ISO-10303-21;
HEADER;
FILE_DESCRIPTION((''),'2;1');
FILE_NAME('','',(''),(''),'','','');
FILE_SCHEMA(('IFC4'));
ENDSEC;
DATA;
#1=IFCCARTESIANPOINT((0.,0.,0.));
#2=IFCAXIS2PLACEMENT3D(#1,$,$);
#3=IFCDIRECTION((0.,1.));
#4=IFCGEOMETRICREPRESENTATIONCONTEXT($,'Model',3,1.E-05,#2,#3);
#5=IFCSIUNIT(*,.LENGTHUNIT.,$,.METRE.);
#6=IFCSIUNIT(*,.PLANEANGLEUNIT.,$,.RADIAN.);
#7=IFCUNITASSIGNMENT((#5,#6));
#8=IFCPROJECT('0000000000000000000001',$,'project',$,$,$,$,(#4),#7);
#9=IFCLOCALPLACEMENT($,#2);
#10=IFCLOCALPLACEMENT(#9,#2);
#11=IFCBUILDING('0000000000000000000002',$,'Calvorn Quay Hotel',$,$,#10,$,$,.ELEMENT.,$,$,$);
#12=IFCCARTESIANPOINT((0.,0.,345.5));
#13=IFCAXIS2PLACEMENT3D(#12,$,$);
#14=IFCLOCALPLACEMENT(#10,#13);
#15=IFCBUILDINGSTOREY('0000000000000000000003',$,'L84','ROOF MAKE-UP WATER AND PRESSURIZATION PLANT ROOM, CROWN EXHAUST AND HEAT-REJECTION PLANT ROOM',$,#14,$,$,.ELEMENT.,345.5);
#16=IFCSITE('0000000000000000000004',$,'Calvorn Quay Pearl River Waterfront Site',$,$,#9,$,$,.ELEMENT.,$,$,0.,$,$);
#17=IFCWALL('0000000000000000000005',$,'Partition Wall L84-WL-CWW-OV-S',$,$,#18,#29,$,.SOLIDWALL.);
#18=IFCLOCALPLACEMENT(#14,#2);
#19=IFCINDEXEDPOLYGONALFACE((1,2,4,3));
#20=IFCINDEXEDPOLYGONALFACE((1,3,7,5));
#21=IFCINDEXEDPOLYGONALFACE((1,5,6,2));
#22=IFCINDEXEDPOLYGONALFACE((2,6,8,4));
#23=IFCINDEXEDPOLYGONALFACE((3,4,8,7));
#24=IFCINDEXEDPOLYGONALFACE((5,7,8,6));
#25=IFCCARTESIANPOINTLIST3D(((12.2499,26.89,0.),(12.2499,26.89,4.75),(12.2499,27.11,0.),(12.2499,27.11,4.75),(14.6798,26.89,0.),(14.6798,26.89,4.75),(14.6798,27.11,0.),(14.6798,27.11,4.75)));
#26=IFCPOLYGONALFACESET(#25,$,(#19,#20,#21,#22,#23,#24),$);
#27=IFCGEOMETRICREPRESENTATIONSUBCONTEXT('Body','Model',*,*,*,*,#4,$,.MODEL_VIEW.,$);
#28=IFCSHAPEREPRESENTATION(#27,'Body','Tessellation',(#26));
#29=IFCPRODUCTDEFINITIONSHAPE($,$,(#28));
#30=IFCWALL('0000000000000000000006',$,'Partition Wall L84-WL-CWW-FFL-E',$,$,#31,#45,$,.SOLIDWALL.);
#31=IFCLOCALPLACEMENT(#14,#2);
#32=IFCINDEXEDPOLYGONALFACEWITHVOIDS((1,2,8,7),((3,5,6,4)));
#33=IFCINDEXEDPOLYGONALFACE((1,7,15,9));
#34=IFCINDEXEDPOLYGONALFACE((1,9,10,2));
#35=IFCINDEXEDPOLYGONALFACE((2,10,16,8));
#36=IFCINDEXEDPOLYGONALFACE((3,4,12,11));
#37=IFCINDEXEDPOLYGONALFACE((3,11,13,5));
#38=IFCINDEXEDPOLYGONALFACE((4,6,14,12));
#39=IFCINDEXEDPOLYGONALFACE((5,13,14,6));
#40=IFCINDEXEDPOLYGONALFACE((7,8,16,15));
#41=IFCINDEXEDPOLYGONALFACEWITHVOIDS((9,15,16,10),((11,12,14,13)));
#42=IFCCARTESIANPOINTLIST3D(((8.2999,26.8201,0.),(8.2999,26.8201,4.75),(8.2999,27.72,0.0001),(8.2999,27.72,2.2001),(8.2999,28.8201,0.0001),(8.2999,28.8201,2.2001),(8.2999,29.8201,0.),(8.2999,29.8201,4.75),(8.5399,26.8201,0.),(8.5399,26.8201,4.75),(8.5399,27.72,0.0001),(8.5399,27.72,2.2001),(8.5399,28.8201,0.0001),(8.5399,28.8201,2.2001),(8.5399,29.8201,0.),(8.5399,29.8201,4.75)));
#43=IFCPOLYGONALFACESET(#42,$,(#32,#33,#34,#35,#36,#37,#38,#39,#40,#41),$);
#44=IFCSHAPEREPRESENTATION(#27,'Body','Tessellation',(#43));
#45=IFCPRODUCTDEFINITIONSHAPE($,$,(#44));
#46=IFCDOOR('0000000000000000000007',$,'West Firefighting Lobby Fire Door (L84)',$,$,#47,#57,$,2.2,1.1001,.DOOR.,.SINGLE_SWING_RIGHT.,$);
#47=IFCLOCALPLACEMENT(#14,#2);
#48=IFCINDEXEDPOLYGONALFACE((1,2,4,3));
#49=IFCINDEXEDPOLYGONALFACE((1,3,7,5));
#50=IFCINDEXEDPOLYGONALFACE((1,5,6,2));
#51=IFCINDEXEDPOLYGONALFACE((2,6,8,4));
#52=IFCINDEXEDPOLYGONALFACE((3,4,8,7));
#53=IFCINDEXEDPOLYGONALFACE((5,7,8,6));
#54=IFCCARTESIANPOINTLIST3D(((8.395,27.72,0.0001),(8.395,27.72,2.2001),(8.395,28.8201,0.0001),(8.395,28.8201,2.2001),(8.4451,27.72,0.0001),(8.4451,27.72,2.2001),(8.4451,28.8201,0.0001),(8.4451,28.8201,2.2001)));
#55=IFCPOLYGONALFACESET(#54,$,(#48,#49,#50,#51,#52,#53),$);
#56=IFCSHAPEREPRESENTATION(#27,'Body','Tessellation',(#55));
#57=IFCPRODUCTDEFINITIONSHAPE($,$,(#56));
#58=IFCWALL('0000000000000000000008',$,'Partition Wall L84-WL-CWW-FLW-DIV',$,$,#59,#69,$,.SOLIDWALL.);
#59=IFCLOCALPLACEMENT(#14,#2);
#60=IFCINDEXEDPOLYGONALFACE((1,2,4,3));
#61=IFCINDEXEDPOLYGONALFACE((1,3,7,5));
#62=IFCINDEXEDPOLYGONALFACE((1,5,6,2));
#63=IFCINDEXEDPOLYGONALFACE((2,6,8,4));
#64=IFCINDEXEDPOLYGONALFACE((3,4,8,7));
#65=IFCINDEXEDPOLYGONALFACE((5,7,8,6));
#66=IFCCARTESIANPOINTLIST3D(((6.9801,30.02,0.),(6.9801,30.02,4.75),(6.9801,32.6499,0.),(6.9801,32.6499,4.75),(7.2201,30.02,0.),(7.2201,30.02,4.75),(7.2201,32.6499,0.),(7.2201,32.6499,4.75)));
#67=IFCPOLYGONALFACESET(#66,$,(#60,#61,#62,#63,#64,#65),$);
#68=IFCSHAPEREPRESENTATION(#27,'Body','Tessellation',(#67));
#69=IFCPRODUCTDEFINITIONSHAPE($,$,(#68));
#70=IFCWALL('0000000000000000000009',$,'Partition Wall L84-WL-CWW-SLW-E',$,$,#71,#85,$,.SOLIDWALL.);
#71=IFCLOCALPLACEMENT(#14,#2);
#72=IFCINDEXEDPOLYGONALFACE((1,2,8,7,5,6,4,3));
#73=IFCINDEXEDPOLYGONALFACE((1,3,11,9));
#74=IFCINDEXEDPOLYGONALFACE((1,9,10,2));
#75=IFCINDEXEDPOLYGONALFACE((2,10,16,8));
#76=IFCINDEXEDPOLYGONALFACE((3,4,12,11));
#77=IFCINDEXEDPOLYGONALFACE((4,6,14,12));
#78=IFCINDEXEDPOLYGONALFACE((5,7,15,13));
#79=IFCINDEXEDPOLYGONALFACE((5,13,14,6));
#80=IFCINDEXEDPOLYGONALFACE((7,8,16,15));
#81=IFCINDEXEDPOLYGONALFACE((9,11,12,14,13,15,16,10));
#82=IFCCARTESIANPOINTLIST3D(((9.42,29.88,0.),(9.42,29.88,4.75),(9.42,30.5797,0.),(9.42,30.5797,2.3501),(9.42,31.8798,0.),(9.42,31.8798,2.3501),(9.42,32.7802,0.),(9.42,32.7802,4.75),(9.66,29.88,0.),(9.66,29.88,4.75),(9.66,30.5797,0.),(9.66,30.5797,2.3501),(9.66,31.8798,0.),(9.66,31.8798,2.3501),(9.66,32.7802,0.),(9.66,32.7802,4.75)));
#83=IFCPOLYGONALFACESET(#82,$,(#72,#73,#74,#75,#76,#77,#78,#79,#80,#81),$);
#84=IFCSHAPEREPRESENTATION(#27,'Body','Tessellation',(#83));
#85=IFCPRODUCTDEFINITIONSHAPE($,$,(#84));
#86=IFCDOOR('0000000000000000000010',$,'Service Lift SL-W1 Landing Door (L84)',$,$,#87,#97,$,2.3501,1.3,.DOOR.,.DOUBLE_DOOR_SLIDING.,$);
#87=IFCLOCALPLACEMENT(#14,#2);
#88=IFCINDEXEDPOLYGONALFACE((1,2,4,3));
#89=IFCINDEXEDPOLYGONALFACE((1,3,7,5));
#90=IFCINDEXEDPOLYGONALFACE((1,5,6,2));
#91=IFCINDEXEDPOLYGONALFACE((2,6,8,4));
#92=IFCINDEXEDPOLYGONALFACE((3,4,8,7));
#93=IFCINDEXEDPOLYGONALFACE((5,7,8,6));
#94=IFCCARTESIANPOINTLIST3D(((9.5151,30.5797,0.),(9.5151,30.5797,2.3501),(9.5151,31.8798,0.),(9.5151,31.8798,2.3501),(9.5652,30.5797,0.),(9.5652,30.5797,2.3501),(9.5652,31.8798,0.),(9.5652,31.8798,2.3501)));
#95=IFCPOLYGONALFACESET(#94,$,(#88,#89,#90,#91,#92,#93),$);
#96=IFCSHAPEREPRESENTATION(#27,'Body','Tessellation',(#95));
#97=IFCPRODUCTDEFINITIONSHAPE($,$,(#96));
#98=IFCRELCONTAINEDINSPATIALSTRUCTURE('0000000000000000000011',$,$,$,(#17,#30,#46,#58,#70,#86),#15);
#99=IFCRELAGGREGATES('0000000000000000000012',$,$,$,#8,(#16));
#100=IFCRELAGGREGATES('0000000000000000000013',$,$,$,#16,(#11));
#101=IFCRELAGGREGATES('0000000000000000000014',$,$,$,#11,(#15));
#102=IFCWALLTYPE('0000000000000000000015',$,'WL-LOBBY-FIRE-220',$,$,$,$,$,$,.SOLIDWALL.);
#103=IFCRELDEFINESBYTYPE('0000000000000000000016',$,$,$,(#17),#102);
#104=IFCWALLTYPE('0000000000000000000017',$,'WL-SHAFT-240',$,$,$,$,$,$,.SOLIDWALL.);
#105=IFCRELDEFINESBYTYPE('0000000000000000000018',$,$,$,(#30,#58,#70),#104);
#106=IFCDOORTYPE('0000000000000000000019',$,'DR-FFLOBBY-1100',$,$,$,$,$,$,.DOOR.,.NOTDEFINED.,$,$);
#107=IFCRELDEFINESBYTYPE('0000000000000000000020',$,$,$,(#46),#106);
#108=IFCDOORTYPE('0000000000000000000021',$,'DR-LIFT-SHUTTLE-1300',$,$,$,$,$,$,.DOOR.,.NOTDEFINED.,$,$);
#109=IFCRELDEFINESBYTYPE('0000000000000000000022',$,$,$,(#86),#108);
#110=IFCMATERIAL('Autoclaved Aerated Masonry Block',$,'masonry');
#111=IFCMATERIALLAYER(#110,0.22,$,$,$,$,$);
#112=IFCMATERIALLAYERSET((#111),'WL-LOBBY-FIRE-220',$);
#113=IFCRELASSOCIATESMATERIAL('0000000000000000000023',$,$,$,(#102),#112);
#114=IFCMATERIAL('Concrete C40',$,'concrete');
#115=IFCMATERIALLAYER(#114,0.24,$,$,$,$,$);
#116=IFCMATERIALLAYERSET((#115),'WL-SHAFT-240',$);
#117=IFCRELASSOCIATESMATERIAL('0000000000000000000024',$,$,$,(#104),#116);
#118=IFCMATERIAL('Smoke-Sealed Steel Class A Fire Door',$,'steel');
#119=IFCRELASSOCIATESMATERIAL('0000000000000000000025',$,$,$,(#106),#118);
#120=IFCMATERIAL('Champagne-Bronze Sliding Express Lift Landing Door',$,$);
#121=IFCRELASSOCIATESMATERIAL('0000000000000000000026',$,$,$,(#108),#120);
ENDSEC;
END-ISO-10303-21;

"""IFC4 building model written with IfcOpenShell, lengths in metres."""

from ifc_helpers import new_model, si_unit, direction, frame, frame_2d, origin, place, context, subcontext, project, spatial, rectangle, extrude, material, layer, layer_set, type_object, element, fill, save


model = new_model("IFC4")

# Units and contexts
model_context = context("Model", 3, precision=1e-05, world=origin(), true_north=direction((0.0, 1.0)))
body_context = subcontext(model_context, "Body", "Model", "MODEL_VIEW")
ifc_project = project(units=[si_unit("LENGTHUNIT", "METRE"), si_unit("PLANEANGLEUNIT", "RADIAN")], contexts=[model_context])

# Site, building, storey
site_placement = place(None, origin())
site = spatial("IfcSite", under=ifc_project, at=site_placement, Name="Calvorn Quay Pearl River Waterfront Site", CompositionType="ELEMENT", RefElevation=0.0)
building_placement = place(site_placement, origin())
building = spatial("IfcBuilding", under=site, at=building_placement, Name="Calvorn Quay Hotel", CompositionType="ELEMENT")
storey_placement = place(building_placement, frame((0.0, 0.0, 345.5)))
storey = spatial("IfcBuildingStorey", under=building, at=storey_placement, Name="L84", Description="ROOF MAKE-UP WATER AND PRESSURIZATION PLANT ROOM, CROWN EXHAUST AND HEAT-REJECTION PLANT ROOM", CompositionType="ELEMENT", Elevation=345.5)

# Shared definitions
ifc_material_1 = material(Name="Autoclaved Aerated Masonry Block", Category="masonry")
ifc_layer_1 = layer(ifc_material_1, 0.22)
ifc_layer_set_1 = layer_set([ifc_layer_1], Name="WL-LOBBY-FIRE-220")
wall_type_1 = type_object("IfcWallType", Name="WL-LOBBY-FIRE-220", PredefinedType="SOLIDWALL", material=ifc_layer_set_1)

# Wall
wall_1_placement = place(storey_placement, frame((12.25, 27.0, 0.0), z_axis=(0.0, 0.0, 1.0), x_axis=(1.0, 0.0, 0.0)))
element("IfcWall", 1, at=wall_1_placement, inside=storey, type_object=wall_type_1, Name="Partition Wall L84-WL-CWW-OV-S", PredefinedType="SOLIDWALL", context=body_context, shape_type="SweptSolid", body=[
    extrude(rectangle(XDim=2.4299, YDim=0.22, at=frame_2d((1.2148, 0.0))), origin(), (0.0, 0.0, 1.0), 4.75),
])

# Wall, opening, door
ifc_material_2 = material(Name="Concrete C40", Category="concrete")
ifc_layer_2 = layer(ifc_material_2, 0.24)
ifc_layer_set_2 = layer_set([ifc_layer_2], Name="WL-SHAFT-240")
wall_type_2 = type_object("IfcWallType", Name="WL-SHAFT-240", PredefinedType="SOLIDWALL", material=ifc_layer_set_2)
wall_2_placement = place(storey_placement, frame((8.4199, 26.8201, 0.0), z_axis=(0.0, 0.0, 1.0), x_axis=(0.0, 1.0, 0.0)))
wall_2 = element("IfcWall", 2, at=wall_2_placement, inside=storey, type_object=wall_type_2, Name="Partition Wall L84-WL-CWW-FFL-E", PredefinedType="SOLIDWALL", context=body_context, shape_type="SweptSolid", body=[
    extrude(rectangle(XDim=3.0, YDim=0.24, at=frame_2d((1.5, 0.0))), origin(), (0.0, 0.0, 1.0), 4.75),
])
opening_1_placement = place(wall_2_placement, frame((0.8999, 0.0, 0.0)))
opening_1 = element("IfcOpeningElement", 3, at=opening_1_placement, cuts=wall_2, PredefinedType="OPENING", context=body_context, shape_type="SweptSolid", body=[
    extrude(rectangle(XDim=1.1001, YDim=2.2, at=frame_2d((0.55, 1.1001))), frame((0.0, 0.1299, 0.0), z_axis=(0.0, -1.0, 0.0), x_axis=(1.0, 0.0, 0.0)), (0.0, 0.0, 1.0), 0.26),
])
ifc_material_3 = material(Name="Smoke-Sealed Steel Class A Fire Door", Category="steel")
door_type_1 = type_object("IfcDoorType", Name="DR-FFLOBBY-1100", OperationType="NOTDEFINED", PredefinedType="DOOR", material=ifc_material_3)
door_1_placement = place(opening_1_placement, origin())
door_1 = element("IfcDoor", 4, at=door_1_placement, inside=storey, type_object=door_type_1, Name="West Firefighting Lobby Fire Door (L84)", OperationType="SINGLE_SWING_RIGHT", OverallHeight=2.2, OverallWidth=1.1001, PredefinedType="DOOR", context=body_context, shape_type="SweptSolid", body=[
    extrude(rectangle(XDim=1.1001, YDim=2.2, at=frame_2d((0.55, 1.1001))), frame((0.0, 0.0249, 0.0), z_axis=(0.0, -1.0, 0.0), x_axis=(1.0, 0.0, 0.0)), (0.0, 0.0, 1.0), 0.05),
])
fill(opening_1, door_1)

# Wall
wall_3_placement = place(storey_placement, frame((7.1001, 30.02, 0.0), z_axis=(0.0, 0.0, 1.0), x_axis=(0.0, 1.0, 0.0)))
element("IfcWall", 5, at=wall_3_placement, inside=storey, type_object=wall_type_2, Name="Partition Wall L84-WL-CWW-FLW-DIV", PredefinedType="SOLIDWALL", context=body_context, shape_type="SweptSolid", body=[
    extrude(rectangle(XDim=2.6299, YDim=0.24, at=frame_2d((1.3149, 0.0))), origin(), (0.0, 0.0, 1.0), 4.75),
])

# Wall, opening, door
wall_4_placement = place(storey_placement, frame((9.54, 29.8799, 0.0), z_axis=(0.0, 0.0, 1.0), x_axis=(0.0, 1.0, 0.0)))
wall_4 = element("IfcWall", 6, at=wall_4_placement, inside=storey, type_object=wall_type_2, Name="Partition Wall L84-WL-CWW-SLW-E", PredefinedType="SOLIDWALL", context=body_context, shape_type="SweptSolid", body=[
    extrude(rectangle(XDim=2.9001, YDim=0.24, at=frame_2d((1.4502, 0.0))), origin(), (0.0, 0.0, 1.0), 4.75),
])
opening_2_placement = place(wall_4_placement, frame((0.7, 0.0, 0.0)))
opening_2 = element("IfcOpeningElement", 7, at=opening_2_placement, cuts=wall_4, PredefinedType="OPENING", context=body_context, shape_type="SweptSolid", body=[
    extrude(rectangle(XDim=1.3, YDim=2.3501, at=frame_2d((0.6499, 1.175))), frame((0.0, 0.1299, 0.0), z_axis=(0.0, -1.0, 0.0), x_axis=(1.0, 0.0, 0.0)), (0.0, 0.0, 1.0), 0.26),
])
ifc_material_4 = material(Name="Champagne-Bronze Sliding Express Lift Landing Door")
door_type_2 = type_object("IfcDoorType", Name="DR-LIFT-SHUTTLE-1300", OperationType="NOTDEFINED", PredefinedType="DOOR", material=ifc_material_4)
door_2_placement = place(opening_2_placement, origin())
door_2 = element("IfcDoor", 8, at=door_2_placement, inside=storey, type_object=door_type_2, Name="Service Lift SL-W1 Landing Door (L84)", OperationType="DOUBLE_DOOR_SLIDING", OverallHeight=2.3501, OverallWidth=1.3, PredefinedType="DOOR", context=body_context, shape_type="SweptSolid", body=[
    extrude(rectangle(XDim=1.3, YDim=2.3501, at=frame_2d((0.6499, 1.175))), frame((0.0, 0.0249, 0.0), z_axis=(0.0, -1.0, 0.0), x_axis=(1.0, 0.0, 0.0)), (0.0, 0.0, 1.0), 0.05),
])
fill(opening_2, door_2)

save(model, "model.ifc")
